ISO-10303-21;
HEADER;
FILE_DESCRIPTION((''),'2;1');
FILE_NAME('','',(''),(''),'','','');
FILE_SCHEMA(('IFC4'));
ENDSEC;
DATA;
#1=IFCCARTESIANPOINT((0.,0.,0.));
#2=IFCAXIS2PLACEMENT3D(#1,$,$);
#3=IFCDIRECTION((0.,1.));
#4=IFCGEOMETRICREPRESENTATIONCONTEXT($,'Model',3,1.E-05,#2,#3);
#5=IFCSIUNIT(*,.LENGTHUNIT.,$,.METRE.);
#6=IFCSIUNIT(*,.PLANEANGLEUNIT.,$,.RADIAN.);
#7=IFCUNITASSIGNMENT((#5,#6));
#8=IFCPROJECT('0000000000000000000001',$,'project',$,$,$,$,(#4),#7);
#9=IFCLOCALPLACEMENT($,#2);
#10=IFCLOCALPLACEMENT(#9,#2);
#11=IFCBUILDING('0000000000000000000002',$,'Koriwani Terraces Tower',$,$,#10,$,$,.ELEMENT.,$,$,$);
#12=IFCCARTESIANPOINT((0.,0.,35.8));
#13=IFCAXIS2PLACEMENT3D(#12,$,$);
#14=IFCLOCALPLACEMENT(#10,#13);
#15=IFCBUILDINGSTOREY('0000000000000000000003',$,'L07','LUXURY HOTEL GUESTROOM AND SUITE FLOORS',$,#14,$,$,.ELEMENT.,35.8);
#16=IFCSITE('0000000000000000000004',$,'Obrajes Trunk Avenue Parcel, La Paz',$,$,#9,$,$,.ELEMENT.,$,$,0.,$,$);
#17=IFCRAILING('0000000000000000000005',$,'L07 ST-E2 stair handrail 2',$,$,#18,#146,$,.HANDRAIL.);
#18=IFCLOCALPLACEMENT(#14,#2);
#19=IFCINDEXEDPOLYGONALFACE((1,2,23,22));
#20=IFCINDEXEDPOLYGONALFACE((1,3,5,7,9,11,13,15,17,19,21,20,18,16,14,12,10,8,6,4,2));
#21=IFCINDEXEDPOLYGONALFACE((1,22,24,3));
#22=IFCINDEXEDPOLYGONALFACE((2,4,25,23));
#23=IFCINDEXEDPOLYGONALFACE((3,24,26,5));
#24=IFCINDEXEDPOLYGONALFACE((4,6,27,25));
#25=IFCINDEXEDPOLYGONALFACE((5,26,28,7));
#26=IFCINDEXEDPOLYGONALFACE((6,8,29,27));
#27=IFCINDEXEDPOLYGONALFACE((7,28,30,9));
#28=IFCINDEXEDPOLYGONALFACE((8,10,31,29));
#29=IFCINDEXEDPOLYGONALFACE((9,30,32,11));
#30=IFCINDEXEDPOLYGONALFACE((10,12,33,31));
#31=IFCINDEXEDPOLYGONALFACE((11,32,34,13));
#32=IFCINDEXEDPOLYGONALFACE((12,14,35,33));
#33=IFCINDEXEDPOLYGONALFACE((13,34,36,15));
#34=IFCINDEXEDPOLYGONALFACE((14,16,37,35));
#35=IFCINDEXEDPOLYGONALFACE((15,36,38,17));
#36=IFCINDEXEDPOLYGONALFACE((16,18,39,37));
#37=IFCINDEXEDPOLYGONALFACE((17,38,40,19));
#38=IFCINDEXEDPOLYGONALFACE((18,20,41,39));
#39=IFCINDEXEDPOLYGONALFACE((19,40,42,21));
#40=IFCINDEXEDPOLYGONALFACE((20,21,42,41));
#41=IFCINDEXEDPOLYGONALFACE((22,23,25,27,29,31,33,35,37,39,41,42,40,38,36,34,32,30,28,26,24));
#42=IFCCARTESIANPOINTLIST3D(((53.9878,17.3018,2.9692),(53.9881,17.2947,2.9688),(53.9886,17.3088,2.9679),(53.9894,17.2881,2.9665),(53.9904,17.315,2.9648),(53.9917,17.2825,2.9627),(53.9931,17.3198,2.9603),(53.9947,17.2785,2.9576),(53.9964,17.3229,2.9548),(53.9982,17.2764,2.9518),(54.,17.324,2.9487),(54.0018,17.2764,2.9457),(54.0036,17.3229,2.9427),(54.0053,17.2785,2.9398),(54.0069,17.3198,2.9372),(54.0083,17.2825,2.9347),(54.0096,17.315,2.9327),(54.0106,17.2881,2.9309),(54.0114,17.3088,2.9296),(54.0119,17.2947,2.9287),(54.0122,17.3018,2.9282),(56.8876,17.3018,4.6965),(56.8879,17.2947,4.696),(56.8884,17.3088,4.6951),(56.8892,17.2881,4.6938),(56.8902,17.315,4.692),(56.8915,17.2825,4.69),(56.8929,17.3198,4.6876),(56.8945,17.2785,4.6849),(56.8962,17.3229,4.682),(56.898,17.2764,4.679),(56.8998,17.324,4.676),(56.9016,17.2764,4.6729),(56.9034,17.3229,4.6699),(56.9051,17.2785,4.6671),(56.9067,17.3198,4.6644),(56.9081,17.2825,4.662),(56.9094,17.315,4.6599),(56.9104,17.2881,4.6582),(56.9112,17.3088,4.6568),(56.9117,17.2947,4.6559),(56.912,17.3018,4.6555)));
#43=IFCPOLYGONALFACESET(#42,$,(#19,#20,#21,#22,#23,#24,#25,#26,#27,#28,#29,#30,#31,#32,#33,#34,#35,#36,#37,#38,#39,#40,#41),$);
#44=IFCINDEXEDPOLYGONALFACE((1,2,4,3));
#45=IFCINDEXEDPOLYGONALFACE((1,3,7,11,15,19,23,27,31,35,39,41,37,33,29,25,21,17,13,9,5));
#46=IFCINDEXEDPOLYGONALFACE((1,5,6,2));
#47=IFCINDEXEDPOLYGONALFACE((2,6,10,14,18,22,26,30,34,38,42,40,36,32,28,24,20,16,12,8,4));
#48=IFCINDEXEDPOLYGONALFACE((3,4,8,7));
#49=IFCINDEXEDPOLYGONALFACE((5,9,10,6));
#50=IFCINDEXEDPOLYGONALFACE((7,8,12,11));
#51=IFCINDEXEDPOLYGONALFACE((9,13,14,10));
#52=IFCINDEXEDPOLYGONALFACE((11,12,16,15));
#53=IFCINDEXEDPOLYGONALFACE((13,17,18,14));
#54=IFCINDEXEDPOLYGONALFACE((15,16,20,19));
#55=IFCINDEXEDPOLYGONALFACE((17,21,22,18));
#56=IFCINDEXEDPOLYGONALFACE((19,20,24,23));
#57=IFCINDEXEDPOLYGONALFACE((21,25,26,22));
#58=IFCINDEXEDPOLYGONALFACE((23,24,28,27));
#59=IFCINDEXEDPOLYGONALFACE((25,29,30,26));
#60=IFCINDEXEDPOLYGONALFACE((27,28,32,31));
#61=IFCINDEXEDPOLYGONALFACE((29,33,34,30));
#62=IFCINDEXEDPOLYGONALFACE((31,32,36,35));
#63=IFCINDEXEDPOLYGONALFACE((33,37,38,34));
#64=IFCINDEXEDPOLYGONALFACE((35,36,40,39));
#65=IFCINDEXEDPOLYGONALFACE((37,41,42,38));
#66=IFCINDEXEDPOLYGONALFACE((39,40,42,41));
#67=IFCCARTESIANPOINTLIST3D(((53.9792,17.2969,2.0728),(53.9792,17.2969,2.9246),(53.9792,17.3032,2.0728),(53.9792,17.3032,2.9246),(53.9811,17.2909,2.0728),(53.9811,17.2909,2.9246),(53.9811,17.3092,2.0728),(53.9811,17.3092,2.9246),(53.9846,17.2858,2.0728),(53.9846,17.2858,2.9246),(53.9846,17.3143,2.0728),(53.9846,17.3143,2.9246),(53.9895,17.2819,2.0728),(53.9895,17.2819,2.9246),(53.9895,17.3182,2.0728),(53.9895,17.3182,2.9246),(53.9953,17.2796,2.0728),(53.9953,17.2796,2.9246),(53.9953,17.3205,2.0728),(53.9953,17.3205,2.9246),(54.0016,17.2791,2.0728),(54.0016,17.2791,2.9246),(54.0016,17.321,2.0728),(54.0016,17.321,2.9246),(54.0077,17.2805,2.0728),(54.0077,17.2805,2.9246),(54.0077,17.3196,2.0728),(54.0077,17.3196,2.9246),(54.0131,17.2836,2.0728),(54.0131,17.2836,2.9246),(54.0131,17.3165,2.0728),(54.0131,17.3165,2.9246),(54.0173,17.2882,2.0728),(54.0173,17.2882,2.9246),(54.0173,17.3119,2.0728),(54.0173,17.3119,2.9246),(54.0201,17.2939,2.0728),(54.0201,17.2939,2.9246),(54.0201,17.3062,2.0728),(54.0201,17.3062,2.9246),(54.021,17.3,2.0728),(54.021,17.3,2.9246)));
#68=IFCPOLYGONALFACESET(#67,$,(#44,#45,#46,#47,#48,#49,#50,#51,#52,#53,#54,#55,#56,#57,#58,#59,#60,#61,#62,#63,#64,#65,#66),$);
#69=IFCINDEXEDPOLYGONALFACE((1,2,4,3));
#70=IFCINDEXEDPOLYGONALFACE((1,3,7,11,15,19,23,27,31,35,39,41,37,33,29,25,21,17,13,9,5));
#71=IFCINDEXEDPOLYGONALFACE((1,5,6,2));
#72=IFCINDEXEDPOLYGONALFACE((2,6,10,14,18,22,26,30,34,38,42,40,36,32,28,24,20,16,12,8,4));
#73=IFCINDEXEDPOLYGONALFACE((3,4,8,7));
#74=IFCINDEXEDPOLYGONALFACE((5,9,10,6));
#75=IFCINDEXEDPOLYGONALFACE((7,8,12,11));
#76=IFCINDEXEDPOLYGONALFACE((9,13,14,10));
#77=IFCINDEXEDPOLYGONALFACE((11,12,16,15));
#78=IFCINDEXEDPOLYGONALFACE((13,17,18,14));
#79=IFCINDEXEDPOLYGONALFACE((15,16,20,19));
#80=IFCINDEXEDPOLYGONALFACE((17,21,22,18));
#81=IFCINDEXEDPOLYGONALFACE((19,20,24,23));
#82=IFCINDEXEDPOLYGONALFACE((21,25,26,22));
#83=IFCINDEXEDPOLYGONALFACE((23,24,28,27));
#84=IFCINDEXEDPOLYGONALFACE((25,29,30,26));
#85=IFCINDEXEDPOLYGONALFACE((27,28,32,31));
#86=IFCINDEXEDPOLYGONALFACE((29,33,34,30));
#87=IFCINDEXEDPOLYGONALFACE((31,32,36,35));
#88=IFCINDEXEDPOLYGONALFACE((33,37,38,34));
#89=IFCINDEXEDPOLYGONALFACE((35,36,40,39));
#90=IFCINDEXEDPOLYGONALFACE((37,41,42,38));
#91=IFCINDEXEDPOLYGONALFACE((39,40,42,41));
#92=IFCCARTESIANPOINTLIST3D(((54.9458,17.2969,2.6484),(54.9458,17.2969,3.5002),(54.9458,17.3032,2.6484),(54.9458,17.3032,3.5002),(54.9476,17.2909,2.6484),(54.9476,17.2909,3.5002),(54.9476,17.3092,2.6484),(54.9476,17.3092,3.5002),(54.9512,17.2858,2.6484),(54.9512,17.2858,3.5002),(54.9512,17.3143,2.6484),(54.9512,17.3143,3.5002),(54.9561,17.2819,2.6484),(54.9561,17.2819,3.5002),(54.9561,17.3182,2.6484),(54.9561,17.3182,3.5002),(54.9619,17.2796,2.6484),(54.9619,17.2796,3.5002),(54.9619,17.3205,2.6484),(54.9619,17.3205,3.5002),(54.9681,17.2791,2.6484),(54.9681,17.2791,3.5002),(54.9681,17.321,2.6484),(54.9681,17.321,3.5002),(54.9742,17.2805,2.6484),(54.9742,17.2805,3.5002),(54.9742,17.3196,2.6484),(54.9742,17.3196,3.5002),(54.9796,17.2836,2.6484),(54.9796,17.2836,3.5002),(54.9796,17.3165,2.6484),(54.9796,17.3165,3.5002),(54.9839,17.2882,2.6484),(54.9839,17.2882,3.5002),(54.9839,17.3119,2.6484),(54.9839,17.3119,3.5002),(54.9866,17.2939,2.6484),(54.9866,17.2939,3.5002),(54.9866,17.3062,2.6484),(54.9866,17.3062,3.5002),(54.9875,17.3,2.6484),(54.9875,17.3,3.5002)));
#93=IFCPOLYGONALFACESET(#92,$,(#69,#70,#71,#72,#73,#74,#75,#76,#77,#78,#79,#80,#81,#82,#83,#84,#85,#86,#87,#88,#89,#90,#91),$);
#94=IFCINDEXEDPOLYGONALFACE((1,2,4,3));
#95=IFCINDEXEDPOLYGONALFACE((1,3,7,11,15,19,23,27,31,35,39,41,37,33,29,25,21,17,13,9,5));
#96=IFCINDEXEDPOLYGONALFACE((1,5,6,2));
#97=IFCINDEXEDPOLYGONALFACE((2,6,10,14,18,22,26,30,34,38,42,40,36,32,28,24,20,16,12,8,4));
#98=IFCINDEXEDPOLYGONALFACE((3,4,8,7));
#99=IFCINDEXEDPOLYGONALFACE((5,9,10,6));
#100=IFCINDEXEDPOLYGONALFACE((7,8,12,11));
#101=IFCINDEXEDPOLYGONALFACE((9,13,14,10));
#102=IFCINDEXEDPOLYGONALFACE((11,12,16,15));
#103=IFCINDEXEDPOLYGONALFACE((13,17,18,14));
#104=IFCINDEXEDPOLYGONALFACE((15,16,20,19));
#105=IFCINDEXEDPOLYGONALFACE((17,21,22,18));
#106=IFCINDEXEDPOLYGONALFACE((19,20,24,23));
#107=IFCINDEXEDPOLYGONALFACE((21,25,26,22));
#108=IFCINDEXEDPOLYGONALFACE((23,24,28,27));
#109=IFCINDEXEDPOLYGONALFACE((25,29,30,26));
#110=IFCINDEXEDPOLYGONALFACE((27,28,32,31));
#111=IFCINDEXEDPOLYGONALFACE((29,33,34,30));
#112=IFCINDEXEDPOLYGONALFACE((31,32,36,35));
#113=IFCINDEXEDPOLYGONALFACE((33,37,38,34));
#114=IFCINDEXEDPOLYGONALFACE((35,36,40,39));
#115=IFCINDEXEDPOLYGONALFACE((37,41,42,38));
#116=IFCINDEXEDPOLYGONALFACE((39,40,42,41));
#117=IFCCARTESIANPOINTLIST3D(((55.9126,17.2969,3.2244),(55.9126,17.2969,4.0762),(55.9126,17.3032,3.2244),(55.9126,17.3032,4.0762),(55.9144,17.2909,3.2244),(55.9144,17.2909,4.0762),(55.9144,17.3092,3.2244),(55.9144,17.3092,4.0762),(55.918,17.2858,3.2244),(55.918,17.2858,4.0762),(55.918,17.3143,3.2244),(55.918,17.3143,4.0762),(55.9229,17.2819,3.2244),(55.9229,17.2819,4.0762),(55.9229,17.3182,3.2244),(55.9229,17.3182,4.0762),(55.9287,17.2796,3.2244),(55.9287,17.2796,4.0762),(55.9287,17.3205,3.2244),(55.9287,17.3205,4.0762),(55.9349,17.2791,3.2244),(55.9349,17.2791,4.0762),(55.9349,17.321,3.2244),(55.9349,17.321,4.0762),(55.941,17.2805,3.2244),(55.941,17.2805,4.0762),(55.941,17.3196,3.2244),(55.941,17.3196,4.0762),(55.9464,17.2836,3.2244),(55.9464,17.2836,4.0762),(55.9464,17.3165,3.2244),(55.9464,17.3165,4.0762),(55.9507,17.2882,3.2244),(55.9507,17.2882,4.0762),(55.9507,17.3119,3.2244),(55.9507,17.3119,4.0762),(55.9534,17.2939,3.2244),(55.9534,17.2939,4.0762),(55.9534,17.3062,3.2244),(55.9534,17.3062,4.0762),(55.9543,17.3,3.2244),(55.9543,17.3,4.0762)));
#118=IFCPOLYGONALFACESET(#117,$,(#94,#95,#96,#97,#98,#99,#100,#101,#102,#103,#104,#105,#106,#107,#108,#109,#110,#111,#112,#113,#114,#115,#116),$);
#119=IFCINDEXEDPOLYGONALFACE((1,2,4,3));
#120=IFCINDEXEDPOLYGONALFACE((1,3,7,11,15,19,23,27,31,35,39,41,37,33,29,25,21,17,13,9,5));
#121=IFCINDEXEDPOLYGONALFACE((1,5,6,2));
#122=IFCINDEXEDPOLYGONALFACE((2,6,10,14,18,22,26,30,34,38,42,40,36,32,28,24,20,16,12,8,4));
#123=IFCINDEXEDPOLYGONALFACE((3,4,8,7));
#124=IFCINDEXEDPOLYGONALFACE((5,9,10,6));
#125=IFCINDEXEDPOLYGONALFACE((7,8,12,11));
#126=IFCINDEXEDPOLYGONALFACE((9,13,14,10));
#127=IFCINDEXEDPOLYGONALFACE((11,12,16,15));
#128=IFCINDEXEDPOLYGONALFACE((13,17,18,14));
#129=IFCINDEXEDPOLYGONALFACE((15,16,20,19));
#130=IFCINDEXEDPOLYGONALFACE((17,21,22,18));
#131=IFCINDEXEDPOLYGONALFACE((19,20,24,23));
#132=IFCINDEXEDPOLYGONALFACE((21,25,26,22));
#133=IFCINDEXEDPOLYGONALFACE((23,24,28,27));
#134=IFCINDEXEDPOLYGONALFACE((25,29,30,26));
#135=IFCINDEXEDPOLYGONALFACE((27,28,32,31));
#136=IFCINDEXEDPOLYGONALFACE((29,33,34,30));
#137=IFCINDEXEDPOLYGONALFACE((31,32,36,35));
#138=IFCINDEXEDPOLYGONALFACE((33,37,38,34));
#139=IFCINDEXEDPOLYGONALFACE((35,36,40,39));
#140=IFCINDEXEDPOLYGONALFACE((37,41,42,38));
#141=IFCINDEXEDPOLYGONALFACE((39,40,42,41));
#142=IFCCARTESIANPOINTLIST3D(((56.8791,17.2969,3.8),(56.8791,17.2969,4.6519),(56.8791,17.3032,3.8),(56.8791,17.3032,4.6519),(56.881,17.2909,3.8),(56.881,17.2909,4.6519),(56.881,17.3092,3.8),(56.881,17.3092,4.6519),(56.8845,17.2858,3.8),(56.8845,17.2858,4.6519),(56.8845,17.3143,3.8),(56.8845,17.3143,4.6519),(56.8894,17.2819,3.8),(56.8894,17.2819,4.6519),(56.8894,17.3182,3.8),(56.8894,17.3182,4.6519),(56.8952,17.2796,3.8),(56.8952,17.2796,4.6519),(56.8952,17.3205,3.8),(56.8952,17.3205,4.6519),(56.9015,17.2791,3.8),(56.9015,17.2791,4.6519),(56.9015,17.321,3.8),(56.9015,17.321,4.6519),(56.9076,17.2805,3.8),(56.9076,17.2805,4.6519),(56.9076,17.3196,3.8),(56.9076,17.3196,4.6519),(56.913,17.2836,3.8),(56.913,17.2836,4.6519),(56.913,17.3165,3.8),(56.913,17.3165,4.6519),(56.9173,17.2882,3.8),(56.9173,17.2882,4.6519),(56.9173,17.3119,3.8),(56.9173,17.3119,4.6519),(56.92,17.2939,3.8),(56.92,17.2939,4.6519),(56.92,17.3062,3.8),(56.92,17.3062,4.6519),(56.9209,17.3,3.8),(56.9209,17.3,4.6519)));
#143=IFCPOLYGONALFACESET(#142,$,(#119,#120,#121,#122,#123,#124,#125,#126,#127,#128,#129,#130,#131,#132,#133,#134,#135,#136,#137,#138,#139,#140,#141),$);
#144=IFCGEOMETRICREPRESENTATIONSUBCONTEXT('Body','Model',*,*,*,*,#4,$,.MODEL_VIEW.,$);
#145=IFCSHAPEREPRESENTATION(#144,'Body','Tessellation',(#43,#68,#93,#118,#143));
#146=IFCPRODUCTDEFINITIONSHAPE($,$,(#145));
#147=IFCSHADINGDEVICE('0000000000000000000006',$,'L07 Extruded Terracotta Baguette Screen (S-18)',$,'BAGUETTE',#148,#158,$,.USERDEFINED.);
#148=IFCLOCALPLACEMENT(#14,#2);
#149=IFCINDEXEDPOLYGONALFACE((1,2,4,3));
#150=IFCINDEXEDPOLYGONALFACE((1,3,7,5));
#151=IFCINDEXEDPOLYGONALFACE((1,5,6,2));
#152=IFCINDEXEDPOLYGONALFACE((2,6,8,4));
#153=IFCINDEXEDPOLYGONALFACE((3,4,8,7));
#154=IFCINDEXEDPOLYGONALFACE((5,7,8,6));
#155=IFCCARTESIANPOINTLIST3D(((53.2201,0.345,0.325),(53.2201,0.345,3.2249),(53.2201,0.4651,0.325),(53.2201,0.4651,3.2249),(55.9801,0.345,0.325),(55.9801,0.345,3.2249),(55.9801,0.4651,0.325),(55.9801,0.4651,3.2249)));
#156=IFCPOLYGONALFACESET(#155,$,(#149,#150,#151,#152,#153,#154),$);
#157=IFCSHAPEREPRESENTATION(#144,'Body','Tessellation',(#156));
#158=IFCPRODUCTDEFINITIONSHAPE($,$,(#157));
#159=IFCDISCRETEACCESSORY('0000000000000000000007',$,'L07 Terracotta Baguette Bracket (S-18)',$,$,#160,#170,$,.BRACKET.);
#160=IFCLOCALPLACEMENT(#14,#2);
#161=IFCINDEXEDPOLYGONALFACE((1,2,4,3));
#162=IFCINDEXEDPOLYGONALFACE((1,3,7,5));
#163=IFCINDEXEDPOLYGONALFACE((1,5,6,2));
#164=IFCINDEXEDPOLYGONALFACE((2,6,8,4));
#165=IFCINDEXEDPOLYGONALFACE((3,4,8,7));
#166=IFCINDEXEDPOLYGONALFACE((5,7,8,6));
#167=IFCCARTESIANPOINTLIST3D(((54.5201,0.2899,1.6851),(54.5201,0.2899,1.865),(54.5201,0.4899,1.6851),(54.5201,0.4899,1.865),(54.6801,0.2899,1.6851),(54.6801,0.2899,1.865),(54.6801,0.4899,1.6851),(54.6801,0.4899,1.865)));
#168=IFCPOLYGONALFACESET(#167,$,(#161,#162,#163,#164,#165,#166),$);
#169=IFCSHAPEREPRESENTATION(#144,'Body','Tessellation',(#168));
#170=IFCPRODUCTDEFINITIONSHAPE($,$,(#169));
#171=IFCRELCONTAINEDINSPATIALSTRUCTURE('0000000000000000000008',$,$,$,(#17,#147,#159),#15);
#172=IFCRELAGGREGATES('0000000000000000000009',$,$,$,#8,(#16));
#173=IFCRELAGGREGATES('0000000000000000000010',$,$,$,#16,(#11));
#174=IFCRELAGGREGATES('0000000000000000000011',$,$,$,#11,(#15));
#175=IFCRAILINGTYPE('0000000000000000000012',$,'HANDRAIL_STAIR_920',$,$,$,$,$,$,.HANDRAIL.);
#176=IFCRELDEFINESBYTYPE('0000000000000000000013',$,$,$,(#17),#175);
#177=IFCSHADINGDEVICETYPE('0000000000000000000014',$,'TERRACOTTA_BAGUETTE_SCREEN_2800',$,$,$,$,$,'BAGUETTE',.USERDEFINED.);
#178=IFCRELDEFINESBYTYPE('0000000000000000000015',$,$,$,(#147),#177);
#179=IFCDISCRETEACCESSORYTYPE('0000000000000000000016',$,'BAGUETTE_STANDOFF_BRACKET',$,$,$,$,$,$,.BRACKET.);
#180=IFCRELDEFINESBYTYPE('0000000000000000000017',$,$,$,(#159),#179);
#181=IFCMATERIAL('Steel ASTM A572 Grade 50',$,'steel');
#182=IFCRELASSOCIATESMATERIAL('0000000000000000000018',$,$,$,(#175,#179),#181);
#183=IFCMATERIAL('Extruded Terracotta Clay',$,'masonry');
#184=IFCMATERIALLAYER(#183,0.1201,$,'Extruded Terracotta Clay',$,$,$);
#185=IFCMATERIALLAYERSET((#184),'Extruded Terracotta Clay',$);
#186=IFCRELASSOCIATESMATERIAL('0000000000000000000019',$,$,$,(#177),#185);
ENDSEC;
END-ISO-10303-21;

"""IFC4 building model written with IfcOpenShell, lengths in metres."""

from ifc_helpers import new_model, si_unit, direction, frame, origin, origin_2d, place, context, subcontext, project, spatial, rectangle, circle, extrude, material, layer, layer_set, type_object, element, save


model = new_model("IFC4")

# Units and contexts
model_context = context("Model", 3, precision=1e-05, world=origin(), true_north=direction((0.0, 1.0)))
body_context = subcontext(model_context, "Body", "Model", "MODEL_VIEW")
ifc_project = project(units=[si_unit("LENGTHUNIT", "METRE"), si_unit("PLANEANGLEUNIT", "RADIAN")], contexts=[model_context])

# Site, building, storey
site_placement = place(None, origin())
site = spatial("IfcSite", under=ifc_project, at=site_placement, Name="Obrajes Trunk Avenue Parcel, La Paz", CompositionType="ELEMENT", RefElevation=0.0)
building_placement = place(site_placement, origin())
building = spatial("IfcBuilding", under=site, at=building_placement, Name="Koriwani Terraces Tower", CompositionType="ELEMENT")
storey_placement = place(building_placement, frame((0.0, 0.0, 35.8)))
storey = spatial("IfcBuildingStorey", under=building, at=storey_placement, Name="L07", Description="LUXURY HOTEL GUESTROOM AND SUITE FLOORS", CompositionType="ELEMENT", Elevation=35.8)

# Shared definitions
ifc_material_1 = material(Name="Steel ASTM A572 Grade 50", Category="steel")

# Railing
railing_type = type_object("IfcRailingType", Name="HANDRAIL_STAIR_920", PredefinedType="HANDRAIL", material=ifc_material_1)
for number, where, name in (
    (1, (54.0, 17.3, 2.0728), "L07 ST-E2 stair handrail 2"),
):
    element("IfcRailing", number, at=place(storey_placement, frame(where)), inside=storey, type_object=railing_type, Name=name, PredefinedType="HANDRAIL", context=body_context, shape_type="SweptSolid", body=[
        extrude(circle(Radius=0.0239, at=origin_2d()), frame((0.0, 0.0, 0.876), z_axis=(0.859141, 0.0, 0.511738), x_axis=(0.0, 1.0, 0.0)), (0.0, 0.0, 1.0), 3.3752),
        extrude(circle(Radius=0.021, at=origin_2d()), origin(), (0.0, 0.0, 1.0), 0.8518),
        extrude(circle(Radius=0.021, at=origin_2d()), frame((0.9666, 0.0, 0.5757)), (0.0, 0.0, 1.0), 0.8518),
        extrude(circle(Radius=0.021, at=origin_2d()), frame((1.9333, 0.0, 1.1516)), (0.0, 0.0, 1.0), 0.8518),
        extrude(circle(Radius=0.021, at=origin_2d()), frame((2.8999, 0.0, 1.7273)), (0.0, 0.0, 1.0), 0.8518),
    ])

# Shading device
ifc_material_2 = material(Name="Extruded Terracotta Clay", Category="masonry")
ifc_layer_1 = layer(ifc_material_2, 0.1201, Name="Extruded Terracotta Clay")
ifc_layer_set_1 = layer_set([ifc_layer_1], Name="Extruded Terracotta Clay")
shading_device_type = type_object("IfcShadingDeviceType", Name="TERRACOTTA_BAGUETTE_SCREEN_2800", ElementType="BAGUETTE", PredefinedType="USERDEFINED", material=ifc_layer_set_1)
shading_device_placement = place(storey_placement, frame((54.6001, 0.405, 0.325), z_axis=(0.0, 0.0, 1.0), x_axis=(-1.0, 0.0, 0.0)))
element("IfcShadingDevice", 2, at=shading_device_placement, inside=storey, type_object=shading_device_type, Name="L07 Extruded Terracotta Baguette Screen (S-18)", ObjectType="BAGUETTE", PredefinedType="USERDEFINED", context=body_context, shape_type="SweptSolid", body=[
    extrude(rectangle(XDim=2.76, YDim=0.1201, at=origin_2d()), origin(), (0.0, 0.0, 1.0), 2.8999),
])

# Discrete accessory
discrete_accessory_type = type_object("IfcDiscreteAccessoryType", Name="BAGUETTE_STANDOFF_BRACKET", PredefinedType="BRACKET", material=ifc_material_1)
discrete_accessory_placement = place(storey_placement, frame((54.6001, 0.3899, 1.6851), z_axis=(0.0, 0.0, 1.0), x_axis=(-1.0, 0.0, 0.0)))
element("IfcDiscreteAccessory", 3, at=discrete_accessory_placement, inside=storey, type_object=discrete_accessory_type, Name="L07 Terracotta Baguette Bracket (S-18)", PredefinedType="BRACKET", context=body_context, shape_type="SweptSolid", body=[
    extrude(rectangle(XDim=0.1599, YDim=0.2, at=origin_2d()), origin(), (0.0, 0.0, 1.0), 0.1799),
])

save(model, "model.ifc")
